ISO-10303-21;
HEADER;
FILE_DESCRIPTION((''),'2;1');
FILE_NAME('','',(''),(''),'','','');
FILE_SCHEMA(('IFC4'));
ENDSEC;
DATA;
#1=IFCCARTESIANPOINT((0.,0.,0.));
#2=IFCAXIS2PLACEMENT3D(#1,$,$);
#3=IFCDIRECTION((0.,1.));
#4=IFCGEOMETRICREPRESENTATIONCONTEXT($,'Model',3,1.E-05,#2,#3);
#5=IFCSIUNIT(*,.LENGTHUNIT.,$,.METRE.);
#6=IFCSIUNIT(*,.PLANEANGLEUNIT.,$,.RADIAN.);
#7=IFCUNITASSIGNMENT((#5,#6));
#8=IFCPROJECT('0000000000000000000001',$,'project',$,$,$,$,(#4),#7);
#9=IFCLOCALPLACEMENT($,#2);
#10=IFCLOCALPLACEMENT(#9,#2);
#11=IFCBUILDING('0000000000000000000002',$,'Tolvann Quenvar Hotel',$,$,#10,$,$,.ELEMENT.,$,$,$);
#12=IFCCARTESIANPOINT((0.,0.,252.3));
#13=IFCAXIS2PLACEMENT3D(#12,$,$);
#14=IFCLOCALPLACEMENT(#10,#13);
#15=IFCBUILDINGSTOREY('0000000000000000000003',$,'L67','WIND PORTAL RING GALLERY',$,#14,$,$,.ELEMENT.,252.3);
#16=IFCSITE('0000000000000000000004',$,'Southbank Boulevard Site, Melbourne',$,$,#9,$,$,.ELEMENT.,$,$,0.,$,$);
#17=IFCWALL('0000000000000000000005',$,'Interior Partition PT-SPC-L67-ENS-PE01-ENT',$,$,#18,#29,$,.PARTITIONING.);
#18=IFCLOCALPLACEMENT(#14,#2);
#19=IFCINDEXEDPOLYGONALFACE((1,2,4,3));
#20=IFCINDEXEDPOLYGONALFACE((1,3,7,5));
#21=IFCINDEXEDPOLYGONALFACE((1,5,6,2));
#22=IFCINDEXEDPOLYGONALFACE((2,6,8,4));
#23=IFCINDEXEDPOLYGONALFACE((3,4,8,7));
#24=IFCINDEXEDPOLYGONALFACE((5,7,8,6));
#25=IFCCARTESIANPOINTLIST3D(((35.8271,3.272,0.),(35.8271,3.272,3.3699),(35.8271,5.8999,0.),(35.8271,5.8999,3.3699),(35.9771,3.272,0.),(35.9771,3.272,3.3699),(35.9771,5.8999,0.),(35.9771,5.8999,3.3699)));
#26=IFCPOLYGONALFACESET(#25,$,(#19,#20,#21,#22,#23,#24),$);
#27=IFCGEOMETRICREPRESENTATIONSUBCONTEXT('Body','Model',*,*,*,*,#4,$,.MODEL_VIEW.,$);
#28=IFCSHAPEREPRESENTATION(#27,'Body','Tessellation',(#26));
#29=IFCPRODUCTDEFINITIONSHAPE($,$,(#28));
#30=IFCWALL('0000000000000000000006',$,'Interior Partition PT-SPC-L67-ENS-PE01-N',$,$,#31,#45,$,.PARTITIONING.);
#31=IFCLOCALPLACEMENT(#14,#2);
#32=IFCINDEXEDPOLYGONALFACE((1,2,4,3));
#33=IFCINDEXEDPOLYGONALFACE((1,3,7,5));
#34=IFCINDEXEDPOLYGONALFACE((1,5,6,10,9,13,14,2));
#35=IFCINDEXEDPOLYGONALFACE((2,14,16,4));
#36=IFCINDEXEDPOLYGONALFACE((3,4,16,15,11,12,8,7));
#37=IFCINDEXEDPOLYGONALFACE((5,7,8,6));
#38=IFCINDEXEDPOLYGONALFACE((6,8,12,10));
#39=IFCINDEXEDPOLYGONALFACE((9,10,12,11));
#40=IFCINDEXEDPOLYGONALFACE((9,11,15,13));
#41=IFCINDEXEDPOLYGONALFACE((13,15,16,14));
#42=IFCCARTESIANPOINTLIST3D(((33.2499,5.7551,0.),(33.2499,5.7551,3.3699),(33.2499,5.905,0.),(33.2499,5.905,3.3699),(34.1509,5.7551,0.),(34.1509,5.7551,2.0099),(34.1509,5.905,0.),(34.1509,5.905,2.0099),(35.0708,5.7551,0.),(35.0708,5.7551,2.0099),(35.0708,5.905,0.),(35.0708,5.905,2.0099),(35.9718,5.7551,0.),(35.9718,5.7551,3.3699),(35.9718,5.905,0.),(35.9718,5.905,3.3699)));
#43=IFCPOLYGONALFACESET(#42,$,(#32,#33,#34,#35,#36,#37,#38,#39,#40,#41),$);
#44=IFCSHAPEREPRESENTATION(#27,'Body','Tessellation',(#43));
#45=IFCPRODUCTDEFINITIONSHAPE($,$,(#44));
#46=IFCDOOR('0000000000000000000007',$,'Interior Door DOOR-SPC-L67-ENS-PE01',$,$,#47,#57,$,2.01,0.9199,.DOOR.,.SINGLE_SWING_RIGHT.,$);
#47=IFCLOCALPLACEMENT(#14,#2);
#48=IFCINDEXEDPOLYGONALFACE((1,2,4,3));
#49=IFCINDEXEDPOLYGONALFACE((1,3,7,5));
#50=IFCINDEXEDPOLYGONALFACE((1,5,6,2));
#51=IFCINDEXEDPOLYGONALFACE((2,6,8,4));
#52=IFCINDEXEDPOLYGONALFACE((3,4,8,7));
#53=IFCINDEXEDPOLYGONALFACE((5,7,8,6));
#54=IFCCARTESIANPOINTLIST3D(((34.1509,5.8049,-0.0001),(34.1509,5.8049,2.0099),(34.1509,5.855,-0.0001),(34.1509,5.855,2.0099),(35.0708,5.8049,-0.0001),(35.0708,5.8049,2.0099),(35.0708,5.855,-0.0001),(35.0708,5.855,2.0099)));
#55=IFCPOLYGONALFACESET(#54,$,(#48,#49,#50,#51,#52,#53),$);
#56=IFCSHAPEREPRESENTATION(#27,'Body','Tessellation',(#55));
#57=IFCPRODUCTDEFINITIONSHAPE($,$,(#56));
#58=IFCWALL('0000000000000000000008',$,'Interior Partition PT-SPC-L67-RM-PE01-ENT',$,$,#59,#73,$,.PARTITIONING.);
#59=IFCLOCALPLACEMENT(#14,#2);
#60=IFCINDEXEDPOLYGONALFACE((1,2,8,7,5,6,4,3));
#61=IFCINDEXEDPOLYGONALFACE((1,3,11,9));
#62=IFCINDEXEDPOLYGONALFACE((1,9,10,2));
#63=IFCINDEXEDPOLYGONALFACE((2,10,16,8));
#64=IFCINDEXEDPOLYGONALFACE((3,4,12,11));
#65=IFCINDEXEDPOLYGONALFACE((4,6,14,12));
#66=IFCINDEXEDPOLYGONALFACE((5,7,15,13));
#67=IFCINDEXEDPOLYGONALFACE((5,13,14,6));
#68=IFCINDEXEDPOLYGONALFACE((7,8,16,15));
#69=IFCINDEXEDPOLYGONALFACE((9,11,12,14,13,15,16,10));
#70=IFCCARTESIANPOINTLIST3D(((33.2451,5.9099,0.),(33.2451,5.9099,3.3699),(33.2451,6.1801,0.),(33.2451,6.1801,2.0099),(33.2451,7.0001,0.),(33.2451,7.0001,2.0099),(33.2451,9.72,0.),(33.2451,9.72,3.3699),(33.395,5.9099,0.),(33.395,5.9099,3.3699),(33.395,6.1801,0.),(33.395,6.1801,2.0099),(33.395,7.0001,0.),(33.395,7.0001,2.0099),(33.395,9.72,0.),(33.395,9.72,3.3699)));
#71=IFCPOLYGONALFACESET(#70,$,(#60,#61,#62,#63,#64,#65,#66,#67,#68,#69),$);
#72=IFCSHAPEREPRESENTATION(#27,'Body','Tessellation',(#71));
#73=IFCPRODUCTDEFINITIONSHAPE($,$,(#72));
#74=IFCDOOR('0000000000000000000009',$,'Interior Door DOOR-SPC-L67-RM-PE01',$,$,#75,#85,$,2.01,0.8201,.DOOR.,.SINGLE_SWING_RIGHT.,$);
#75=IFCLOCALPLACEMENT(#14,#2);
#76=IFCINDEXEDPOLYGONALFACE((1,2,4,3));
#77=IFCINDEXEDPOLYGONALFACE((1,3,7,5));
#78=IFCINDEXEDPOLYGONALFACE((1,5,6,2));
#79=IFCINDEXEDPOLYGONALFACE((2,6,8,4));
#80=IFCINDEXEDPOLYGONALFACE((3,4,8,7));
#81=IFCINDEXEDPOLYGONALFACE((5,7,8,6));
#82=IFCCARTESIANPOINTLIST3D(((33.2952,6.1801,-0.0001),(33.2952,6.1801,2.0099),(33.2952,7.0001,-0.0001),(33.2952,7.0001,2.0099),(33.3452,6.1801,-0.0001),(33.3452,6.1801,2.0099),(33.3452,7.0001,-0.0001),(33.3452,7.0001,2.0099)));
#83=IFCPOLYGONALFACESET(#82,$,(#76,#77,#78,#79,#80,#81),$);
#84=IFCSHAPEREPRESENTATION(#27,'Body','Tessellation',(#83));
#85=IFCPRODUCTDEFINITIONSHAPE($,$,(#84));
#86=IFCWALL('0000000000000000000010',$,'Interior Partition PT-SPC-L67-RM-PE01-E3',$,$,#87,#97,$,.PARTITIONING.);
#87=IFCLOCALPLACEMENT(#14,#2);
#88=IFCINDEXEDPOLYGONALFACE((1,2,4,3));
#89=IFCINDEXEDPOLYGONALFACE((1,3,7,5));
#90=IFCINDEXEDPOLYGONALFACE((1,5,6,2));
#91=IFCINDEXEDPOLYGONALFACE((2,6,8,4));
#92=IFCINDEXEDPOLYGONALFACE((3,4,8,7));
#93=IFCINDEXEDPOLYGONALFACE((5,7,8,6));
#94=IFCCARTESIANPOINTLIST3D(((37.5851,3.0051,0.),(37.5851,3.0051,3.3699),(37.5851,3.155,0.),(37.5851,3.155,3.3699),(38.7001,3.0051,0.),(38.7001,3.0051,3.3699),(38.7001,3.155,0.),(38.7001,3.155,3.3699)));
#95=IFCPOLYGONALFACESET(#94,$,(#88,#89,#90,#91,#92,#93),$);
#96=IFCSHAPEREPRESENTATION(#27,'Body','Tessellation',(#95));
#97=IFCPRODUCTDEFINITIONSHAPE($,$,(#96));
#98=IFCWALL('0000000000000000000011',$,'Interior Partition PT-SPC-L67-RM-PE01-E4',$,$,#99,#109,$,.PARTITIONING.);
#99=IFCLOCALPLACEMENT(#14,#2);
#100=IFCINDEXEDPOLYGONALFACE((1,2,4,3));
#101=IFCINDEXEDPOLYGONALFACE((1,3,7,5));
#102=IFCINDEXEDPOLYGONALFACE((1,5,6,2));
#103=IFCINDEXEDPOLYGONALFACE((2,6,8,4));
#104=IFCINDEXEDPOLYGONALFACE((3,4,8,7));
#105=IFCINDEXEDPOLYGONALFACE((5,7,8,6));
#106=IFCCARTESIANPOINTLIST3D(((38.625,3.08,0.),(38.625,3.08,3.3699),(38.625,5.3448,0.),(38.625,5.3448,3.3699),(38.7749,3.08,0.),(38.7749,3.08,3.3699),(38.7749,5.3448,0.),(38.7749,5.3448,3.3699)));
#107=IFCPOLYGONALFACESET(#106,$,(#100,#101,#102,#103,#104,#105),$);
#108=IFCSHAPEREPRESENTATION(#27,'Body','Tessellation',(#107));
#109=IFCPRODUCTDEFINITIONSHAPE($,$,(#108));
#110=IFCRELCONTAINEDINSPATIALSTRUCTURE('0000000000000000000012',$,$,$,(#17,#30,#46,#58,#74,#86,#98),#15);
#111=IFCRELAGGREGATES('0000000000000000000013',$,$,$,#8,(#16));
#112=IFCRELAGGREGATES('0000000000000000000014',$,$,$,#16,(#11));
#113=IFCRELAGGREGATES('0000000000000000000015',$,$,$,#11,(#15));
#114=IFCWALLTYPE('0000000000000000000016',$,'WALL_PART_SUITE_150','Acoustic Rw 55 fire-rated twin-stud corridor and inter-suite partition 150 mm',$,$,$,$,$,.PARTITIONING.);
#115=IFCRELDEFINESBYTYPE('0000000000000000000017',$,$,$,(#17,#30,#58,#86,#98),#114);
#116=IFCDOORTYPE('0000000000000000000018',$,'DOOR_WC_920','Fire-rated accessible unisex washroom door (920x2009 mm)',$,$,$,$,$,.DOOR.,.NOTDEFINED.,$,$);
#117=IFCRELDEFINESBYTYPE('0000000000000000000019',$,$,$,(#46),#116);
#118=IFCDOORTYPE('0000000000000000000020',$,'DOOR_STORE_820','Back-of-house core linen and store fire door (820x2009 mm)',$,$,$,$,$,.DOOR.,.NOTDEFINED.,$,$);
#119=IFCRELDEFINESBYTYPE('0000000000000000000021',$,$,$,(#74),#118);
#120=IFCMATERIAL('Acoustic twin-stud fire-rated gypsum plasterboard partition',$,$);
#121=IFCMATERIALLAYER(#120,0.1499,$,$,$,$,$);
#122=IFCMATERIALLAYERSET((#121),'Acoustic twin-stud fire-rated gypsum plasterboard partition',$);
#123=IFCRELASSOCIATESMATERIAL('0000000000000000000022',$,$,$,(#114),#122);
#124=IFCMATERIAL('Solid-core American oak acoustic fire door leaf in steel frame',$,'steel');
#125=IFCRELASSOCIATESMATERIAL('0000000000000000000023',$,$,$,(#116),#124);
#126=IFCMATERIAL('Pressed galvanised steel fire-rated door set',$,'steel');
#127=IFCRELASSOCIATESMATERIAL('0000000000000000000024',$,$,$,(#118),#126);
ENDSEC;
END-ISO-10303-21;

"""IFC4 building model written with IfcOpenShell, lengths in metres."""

from ifc_helpers import new_model, si_unit, direction, frame, frame_2d, origin, place, context, subcontext, project, spatial, rectangle, extrude, source, transform, mapped, material, layer, layer_set, type_object, type_shapes, element, fill, save


model = new_model("IFC4")

# Units and contexts
model_context = context("Model", 3, precision=1e-05, world=origin(), true_north=direction((0.0, 1.0)))
body_context = subcontext(model_context, "Body", "Model", "MODEL_VIEW")
ifc_project = project(units=[si_unit("LENGTHUNIT", "METRE"), si_unit("PLANEANGLEUNIT", "RADIAN")], contexts=[model_context])

# Site, building, storey
site_placement = place(None, origin())
site = spatial("IfcSite", under=ifc_project, at=site_placement, Name="Southbank Boulevard Site, Melbourne", CompositionType="ELEMENT", RefElevation=0.0)
building_placement = place(site_placement, origin())
building = spatial("IfcBuilding", under=site, at=building_placement, Name="Tolvann Quenvar Hotel", CompositionType="ELEMENT")
storey_placement = place(building_placement, frame((0.0, 0.0, 252.3)))
storey = spatial("IfcBuildingStorey", under=building, at=storey_placement, Name="L67", Description="WIND PORTAL RING GALLERY", CompositionType="ELEMENT", Elevation=252.3)

# Wall
ifc_material_1 = material(Name="Acoustic twin-stud fire-rated gypsum plasterboard partition")
ifc_layer_1 = layer(ifc_material_1, 0.1499)
ifc_layer_set_1 = layer_set([ifc_layer_1], Name="Acoustic twin-stud fire-rated gypsum plasterboard partition")
wall_type_1 = type_object("IfcWallType", Name="WALL_PART_SUITE_150", Description="Acoustic Rw 55 fire-rated twin-stud corridor and inter-suite partition 150 mm", PredefinedType="PARTITIONING", material=ifc_layer_set_1)
wall_1_placement = place(storey_placement, frame((35.9021, 3.272, 0.0), z_axis=(0.0, 0.0, 1.0), x_axis=(0.0, 1.0, 0.0)))
element("IfcWall", 1, at=wall_1_placement, inside=storey, type_object=wall_type_1, Name="Interior Partition PT-SPC-L67-ENS-PE01-ENT", PredefinedType="PARTITIONING", context=body_context, shape_type="SweptSolid", body=[
    extrude(rectangle(XDim=2.6279, YDim=0.1499, at=frame_2d((1.314, 0.0))), origin(), (0.0, 0.0, 1.0), 3.3699),
])

# Walls, openings, doors
wall_2_placement = place(storey_placement, frame((33.25, 5.8301, 0.0), z_axis=(0.0, 0.0, 1.0), x_axis=(1.0, 0.0, 0.0)))
wall_2 = element("IfcWall", 2, at=wall_2_placement, inside=storey, type_object=wall_type_1, Name="Interior Partition PT-SPC-L67-ENS-PE01-N", PredefinedType="PARTITIONING", context=body_context, shape_type="SweptSolid", body=[
    extrude(rectangle(XDim=2.7219, YDim=0.1499, at=frame_2d((1.3608, 0.0))), origin(), (0.0, 0.0, 1.0), 3.3699),
])
opening_1_placement = place(wall_2_placement, frame((0.9009, 0.0, 0.0)))
opening_1 = element("IfcOpeningElement", 3, at=opening_1_placement, cuts=wall_2, PredefinedType="OPENING", context=body_context, shape_type="SweptSolid", body=[
    extrude(rectangle(XDim=0.9199, YDim=2.01, at=frame_2d((0.46, 1.0049))), frame((0.0, 0.085, 0.0), z_axis=(0.0, -1.0, 0.0), x_axis=(1.0, 0.0, 0.0)), (0.0, 0.0, 1.0), 0.1699),
])
ifc_material_2 = material(Name="Solid-core American oak acoustic fire door leaf in steel frame", Category="steel")
door_type_1 = type_object("IfcDoorType", Name="DOOR_WC_920", Description="Fire-rated accessible unisex washroom door (920x2009 mm)", OperationType="NOTDEFINED", PredefinedType="DOOR", material=ifc_material_2)
shared_shape_1 = source(origin(), body_context, "Body", "SweptSolid", [
    extrude(rectangle(XDim=0.9199, YDim=2.01, at=frame_2d((0.46, 1.0049))), frame((0.0, 0.0249, 0.0), z_axis=(0.0, -1.0, 0.0), x_axis=(1.0, 0.0, 0.0)), (0.0, 0.0, 1.0), 0.05),
])
type_shapes(door_type_1, [shared_shape_1])
door_1_placement = place(opening_1_placement, origin())
door_1 = element("IfcDoor", 4, at=door_1_placement, inside=storey, type_object=door_type_1, Name="Interior Door DOOR-SPC-L67-ENS-PE01", OperationType="SINGLE_SWING_RIGHT", OverallHeight=2.01, OverallWidth=0.9199, PredefinedType="DOOR", context=body_context, shape_type="MappedRepresentation", body=[
    mapped(shared_shape_1, transform((0.0, 0.0, 0.0), x_axis=(1.0, 0.0, 0.0), y_axis=(0.0, 1.0, 0.0), z_axis=(0.0, 0.0, 1.0), scale=1.0)),
])
fill(opening_1, door_1)
wall_3_placement = place(storey_placement, frame((33.3201, 5.9099, 0.0), z_axis=(0.0, 0.0, 1.0), x_axis=(0.0, 1.0, 0.0)))
wall_3 = element("IfcWall", 5, at=wall_3_placement, inside=storey, type_object=wall_type_1, Name="Interior Partition PT-SPC-L67-RM-PE01-ENT", PredefinedType="PARTITIONING", context=body_context, shape_type="SweptSolid", body=[
    extrude(rectangle(XDim=3.8101, YDim=0.1499, at=frame_2d((1.905, 0.0))), origin(), (0.0, 0.0, 1.0), 3.3699),
])
opening_2_placement = place(wall_3_placement, frame((0.27, 0.0, 0.0)))
opening_2 = element("IfcOpeningElement", 6, at=opening_2_placement, cuts=wall_3, PredefinedType="OPENING", context=body_context, shape_type="SweptSolid", body=[
    extrude(rectangle(XDim=0.8201, YDim=2.01, at=frame_2d((0.4102, 1.0049))), frame((0.0, 0.085, 0.0), z_axis=(0.0, -1.0, 0.0), x_axis=(1.0, 0.0, 0.0)), (0.0, 0.0, 1.0), 0.1699),
])
ifc_material_3 = material(Name="Pressed galvanised steel fire-rated door set", Category="steel")
door_type_2 = type_object("IfcDoorType", Name="DOOR_STORE_820", Description="Back-of-house core linen and store fire door (820x2009 mm)", OperationType="NOTDEFINED", PredefinedType="DOOR", material=ifc_material_3)
shared_shape_2 = source(origin(), body_context, "Body", "SweptSolid", [
    extrude(rectangle(XDim=0.8201, YDim=2.01, at=frame_2d((0.4102, 1.0049))), frame((0.0, 0.0249, 0.0), z_axis=(0.0, -1.0, 0.0), x_axis=(1.0, 0.0, 0.0)), (0.0, 0.0, 1.0), 0.05),
])
type_shapes(door_type_2, [shared_shape_2])
door_2_placement = place(opening_2_placement, origin())
door_2 = element("IfcDoor", 7, at=door_2_placement, inside=storey, type_object=door_type_2, Name="Interior Door DOOR-SPC-L67-RM-PE01", OperationType="SINGLE_SWING_RIGHT", OverallHeight=2.01, OverallWidth=0.8201, PredefinedType="DOOR", context=body_context, shape_type="MappedRepresentation", body=[
    mapped(shared_shape_2, transform((0.0, 0.0, 0.0), x_axis=(1.0, 0.0, 0.0), y_axis=(0.0, 1.0, 0.0), z_axis=(0.0, 0.0, 1.0), scale=1.0)),
])
fill(opening_2, door_2)

# Walls
wall_4_placement = place(storey_placement, frame((37.585, 3.0801, 0.0), z_axis=(0.0, 0.0, 1.0), x_axis=(1.0, 0.0, 0.0)))
element("IfcWall", 8, at=wall_4_placement, inside=storey, type_object=wall_type_1, Name="Interior Partition PT-SPC-L67-RM-PE01-E3", PredefinedType="PARTITIONING", context=body_context, shape_type="SweptSolid", body=[
    extrude(rectangle(XDim=1.115, YDim=0.1499, at=frame_2d((0.5576, 0.0))), origin(), (0.0, 0.0, 1.0), 3.3699),
])
wall_5_placement = place(storey_placement, frame((38.7, 3.0801, 0.0), z_axis=(0.0, 0.0, 1.0), x_axis=(0.0, 1.0, 0.0)))
element("IfcWall", 9, at=wall_5_placement, inside=storey, type_object=wall_type_1, Name="Interior Partition PT-SPC-L67-RM-PE01-E4", PredefinedType="PARTITIONING", context=body_context, shape_type="SweptSolid", body=[
    extrude(rectangle(XDim=2.2649, YDim=0.1499, at=frame_2d((1.1323, 0.0))), origin(), (0.0, 0.0, 1.0), 3.3699),
])

save(model, "model.ifc")
